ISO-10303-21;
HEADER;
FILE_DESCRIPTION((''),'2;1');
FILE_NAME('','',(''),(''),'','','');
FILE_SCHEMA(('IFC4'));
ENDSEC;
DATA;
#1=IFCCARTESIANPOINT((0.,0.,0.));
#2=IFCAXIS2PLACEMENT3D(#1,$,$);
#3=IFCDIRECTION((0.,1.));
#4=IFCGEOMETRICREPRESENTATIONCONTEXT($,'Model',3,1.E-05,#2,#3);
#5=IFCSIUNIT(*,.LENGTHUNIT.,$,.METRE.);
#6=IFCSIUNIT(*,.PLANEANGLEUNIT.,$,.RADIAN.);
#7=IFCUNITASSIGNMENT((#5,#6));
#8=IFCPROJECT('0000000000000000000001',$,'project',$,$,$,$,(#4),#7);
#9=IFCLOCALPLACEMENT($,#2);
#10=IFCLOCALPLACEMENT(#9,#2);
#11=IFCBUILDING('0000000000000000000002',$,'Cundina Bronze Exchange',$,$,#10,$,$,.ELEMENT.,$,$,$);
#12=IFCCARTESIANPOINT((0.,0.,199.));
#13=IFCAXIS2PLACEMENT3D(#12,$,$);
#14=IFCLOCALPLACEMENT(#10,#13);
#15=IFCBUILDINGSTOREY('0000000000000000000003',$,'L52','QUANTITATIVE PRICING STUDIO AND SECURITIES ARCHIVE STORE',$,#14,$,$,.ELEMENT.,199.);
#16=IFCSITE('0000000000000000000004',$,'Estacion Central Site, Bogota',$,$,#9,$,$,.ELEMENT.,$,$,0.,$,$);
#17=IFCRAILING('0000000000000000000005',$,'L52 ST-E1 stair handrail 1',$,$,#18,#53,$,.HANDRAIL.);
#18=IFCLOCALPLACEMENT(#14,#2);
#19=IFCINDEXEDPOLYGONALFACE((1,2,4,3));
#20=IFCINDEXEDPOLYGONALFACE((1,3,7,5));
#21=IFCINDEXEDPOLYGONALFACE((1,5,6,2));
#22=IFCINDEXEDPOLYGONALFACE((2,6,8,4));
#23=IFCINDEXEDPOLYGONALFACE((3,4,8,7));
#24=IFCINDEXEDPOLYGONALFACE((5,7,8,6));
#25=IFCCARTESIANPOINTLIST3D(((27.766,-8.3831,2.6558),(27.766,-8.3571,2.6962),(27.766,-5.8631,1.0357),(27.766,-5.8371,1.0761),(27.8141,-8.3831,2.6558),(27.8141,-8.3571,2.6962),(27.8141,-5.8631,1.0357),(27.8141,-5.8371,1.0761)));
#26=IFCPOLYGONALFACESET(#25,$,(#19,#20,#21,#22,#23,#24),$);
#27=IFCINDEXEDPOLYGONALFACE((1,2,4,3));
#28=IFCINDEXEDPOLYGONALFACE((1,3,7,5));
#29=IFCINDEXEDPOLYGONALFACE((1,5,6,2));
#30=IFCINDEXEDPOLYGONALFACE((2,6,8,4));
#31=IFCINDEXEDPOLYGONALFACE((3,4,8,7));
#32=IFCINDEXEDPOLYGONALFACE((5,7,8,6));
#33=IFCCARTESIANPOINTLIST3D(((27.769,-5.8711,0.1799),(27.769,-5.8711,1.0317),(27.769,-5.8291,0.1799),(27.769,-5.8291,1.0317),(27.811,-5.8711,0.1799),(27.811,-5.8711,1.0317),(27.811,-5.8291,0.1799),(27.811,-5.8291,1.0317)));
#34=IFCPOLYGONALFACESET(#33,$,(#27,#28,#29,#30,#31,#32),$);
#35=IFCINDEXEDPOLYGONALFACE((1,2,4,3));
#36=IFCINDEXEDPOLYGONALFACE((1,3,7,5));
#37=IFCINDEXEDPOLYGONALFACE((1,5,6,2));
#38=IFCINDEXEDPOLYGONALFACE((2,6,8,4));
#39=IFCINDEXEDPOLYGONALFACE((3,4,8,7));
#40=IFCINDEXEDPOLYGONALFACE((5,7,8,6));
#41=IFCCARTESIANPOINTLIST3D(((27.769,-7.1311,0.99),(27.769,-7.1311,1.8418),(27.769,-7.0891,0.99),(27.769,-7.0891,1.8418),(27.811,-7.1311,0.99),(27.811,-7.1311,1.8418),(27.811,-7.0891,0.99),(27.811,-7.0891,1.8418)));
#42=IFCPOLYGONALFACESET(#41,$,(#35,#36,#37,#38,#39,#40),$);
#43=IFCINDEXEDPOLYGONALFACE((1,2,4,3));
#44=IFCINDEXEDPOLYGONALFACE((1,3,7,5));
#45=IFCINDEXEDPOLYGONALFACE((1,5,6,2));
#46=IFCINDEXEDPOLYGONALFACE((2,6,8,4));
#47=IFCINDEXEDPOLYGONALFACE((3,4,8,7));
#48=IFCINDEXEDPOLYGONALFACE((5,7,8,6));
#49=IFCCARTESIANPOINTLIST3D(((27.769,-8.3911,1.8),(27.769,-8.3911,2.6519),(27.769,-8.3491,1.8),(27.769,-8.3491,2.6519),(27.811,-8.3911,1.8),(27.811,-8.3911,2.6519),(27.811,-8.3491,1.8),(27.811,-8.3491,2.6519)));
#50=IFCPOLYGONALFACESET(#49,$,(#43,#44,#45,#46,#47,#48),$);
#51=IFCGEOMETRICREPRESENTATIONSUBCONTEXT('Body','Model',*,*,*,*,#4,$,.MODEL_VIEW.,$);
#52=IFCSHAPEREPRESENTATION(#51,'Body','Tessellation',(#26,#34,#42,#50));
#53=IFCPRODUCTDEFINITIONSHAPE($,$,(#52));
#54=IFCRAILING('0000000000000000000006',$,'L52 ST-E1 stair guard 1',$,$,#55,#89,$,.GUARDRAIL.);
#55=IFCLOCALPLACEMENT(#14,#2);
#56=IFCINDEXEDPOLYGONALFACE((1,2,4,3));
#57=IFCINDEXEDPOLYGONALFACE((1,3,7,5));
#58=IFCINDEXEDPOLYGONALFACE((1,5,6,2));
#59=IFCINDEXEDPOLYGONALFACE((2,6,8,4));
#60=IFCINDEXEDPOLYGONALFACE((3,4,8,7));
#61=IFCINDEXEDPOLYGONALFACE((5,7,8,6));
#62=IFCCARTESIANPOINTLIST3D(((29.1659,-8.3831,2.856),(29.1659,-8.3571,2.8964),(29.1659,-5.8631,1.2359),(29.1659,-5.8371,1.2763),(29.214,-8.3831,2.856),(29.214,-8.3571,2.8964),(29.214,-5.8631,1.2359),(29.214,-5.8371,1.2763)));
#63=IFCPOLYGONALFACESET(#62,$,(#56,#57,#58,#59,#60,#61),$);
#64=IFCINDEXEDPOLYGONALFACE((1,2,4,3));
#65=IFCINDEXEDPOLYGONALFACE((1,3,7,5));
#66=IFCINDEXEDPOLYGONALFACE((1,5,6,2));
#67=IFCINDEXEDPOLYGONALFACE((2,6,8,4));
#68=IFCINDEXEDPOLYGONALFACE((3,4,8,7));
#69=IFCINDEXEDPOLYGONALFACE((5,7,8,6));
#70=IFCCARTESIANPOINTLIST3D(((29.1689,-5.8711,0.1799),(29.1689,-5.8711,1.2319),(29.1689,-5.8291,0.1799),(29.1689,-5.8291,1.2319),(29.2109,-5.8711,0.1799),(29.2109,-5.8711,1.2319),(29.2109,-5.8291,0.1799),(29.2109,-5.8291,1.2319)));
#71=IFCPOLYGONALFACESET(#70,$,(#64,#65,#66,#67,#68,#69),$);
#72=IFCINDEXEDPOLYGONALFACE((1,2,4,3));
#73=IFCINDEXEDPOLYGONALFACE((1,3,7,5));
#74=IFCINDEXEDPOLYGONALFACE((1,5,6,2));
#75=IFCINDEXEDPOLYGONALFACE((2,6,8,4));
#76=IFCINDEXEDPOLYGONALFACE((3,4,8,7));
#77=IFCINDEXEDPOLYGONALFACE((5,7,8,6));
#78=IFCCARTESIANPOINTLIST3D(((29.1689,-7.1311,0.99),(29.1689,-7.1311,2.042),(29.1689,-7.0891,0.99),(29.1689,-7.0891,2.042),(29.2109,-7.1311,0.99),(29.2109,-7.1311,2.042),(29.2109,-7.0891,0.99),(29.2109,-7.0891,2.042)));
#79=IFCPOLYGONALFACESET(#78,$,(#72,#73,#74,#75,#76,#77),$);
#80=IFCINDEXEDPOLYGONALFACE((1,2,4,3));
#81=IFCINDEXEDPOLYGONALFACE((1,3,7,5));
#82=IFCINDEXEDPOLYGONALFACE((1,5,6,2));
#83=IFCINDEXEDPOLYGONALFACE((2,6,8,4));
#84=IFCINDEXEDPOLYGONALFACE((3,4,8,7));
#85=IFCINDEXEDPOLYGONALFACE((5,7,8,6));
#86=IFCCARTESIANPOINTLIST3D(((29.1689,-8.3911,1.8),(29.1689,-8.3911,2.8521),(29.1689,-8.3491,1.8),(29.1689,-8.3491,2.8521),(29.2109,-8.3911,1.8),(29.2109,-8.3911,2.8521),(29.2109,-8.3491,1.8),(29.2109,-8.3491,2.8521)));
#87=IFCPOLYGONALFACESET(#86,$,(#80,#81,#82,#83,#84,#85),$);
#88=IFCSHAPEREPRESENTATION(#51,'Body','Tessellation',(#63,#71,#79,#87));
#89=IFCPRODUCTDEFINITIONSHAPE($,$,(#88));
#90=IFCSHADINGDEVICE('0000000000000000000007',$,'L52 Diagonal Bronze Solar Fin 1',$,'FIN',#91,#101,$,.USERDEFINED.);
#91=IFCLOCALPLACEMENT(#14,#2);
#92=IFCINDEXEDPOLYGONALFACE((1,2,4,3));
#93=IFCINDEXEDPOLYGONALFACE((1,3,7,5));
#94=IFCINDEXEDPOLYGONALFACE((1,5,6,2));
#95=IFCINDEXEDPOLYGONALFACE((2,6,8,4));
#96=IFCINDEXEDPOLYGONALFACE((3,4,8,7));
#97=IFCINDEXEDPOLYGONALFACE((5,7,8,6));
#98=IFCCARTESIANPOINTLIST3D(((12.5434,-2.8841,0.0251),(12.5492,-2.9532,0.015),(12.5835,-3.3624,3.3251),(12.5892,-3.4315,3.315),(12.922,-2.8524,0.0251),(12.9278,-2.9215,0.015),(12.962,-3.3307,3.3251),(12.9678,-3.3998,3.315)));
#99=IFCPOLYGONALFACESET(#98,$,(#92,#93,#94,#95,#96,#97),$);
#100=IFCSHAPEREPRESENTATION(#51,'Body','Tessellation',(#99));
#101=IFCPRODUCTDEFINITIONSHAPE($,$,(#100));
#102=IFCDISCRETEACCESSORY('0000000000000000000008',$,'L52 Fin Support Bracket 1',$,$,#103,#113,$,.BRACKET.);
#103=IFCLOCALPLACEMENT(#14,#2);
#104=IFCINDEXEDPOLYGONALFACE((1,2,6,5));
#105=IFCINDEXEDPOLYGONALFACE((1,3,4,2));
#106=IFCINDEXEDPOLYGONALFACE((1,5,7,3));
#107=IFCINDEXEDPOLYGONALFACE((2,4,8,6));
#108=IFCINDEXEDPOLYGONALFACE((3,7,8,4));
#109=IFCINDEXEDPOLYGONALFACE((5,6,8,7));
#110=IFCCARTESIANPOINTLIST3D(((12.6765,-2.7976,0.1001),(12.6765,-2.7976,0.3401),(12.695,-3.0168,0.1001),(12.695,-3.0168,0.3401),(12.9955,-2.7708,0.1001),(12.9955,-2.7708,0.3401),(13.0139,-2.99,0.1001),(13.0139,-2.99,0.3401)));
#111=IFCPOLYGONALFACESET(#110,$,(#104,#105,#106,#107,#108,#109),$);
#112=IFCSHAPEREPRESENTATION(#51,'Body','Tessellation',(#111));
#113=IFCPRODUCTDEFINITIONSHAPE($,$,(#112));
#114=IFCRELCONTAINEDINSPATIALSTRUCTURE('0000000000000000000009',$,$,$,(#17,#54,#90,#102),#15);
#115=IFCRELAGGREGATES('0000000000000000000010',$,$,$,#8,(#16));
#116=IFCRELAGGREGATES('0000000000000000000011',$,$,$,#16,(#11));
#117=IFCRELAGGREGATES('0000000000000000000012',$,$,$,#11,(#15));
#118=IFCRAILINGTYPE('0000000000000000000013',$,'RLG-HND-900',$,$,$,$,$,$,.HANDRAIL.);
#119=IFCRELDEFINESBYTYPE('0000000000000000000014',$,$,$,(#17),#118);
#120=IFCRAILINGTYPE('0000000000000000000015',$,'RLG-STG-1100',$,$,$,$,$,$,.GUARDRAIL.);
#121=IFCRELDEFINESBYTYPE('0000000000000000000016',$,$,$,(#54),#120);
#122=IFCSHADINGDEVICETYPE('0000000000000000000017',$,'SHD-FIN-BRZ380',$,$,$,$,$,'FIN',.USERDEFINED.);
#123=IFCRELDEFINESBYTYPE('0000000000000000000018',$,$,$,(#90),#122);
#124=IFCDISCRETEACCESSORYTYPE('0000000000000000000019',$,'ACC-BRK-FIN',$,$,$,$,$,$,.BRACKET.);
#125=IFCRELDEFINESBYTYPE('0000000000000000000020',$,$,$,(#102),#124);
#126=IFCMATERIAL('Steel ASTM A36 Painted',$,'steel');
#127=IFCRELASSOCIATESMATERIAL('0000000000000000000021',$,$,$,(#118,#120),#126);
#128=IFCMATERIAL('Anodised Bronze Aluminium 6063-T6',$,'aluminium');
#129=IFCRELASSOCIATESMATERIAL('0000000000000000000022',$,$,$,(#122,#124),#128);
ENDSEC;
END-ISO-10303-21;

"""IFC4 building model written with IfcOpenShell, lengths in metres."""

from ifc_helpers import new_model, si_unit, direction, frame, origin, origin_2d, place, context, subcontext, project, spatial, rectangle, extrude, material, material_profile, profile_set, type_object, element, save


model = new_model("IFC4")

# Units and contexts
model_context = context("Model", 3, precision=1e-05, world=origin(), true_north=direction((0.0, 1.0)))
body_context = subcontext(model_context, "Body", "Model", "MODEL_VIEW")
ifc_project = project(units=[si_unit("LENGTHUNIT", "METRE"), si_unit("PLANEANGLEUNIT", "RADIAN")], contexts=[model_context])

# Site, building, storey
site_placement = place(None, origin())
site = spatial("IfcSite", under=ifc_project, at=site_placement, Name="Estacion Central Site, Bogota", CompositionType="ELEMENT", RefElevation=0.0)
building_placement = place(site_placement, origin())
building = spatial("IfcBuilding", under=site, at=building_placement, Name="Cundina Bronze Exchange", CompositionType="ELEMENT")
storey_placement = place(building_placement, frame((0.0, 0.0, 199.0)))
storey = spatial("IfcBuildingStorey", under=building, at=storey_placement, Name="L52", Description="QUANTITATIVE PRICING STUDIO AND SECURITIES ARCHIVE STORE", CompositionType="ELEMENT", Elevation=199.0)

# Shared definitions
ifc_material_1 = material(Name="Anodised Bronze Aluminium 6063-T6", Category="aluminium")

# Shared definitions
ifc_material_2 = material(Name="Steel ASTM A36 Painted", Category="steel")

# Railings
railing_type_1 = type_object("IfcRailingType", Name="RLG-HND-900", PredefinedType="HANDRAIL", material=ifc_material_2)
railing_1_placement = place(storey_placement, frame((27.79, -5.8501, 0.1799)))
element("IfcRailing", 1, at=railing_1_placement, inside=storey, type_object=railing_type_1, Name="L52 ST-E1 stair handrail 1", PredefinedType="HANDRAIL", context=body_context, shape_type="SweptSolid", body=[
    extrude(rectangle(XDim=0.0481, YDim=0.0481, at=origin_2d()), frame((0.0, 0.0, 0.876), z_axis=(0.0, -0.841163, 0.540782), x_axis=(1.0, 0.0, 0.0)), (0.0, 0.0, 1.0), 2.9958),
    extrude(rectangle(XDim=0.042, YDim=0.042, at=origin_2d()), origin(), (0.0, 0.0, 1.0), 0.8518),
    extrude(rectangle(XDim=0.042, YDim=0.042, at=origin_2d()), frame((0.0, -1.26, 0.8101)), (0.0, 0.0, 1.0), 0.8518),
    extrude(rectangle(XDim=0.042, YDim=0.042, at=origin_2d()), frame((0.0, -2.52, 1.6201)), (0.0, 0.0, 1.0), 0.8518),
])
railing_type_2 = type_object("IfcRailingType", Name="RLG-STG-1100", PredefinedType="GUARDRAIL", material=ifc_material_2)
railing_2_placement = place(storey_placement, frame((29.1899, -5.8501, 0.1799)))
element("IfcRailing", 2, at=railing_2_placement, inside=storey, type_object=railing_type_2, Name="L52 ST-E1 stair guard 1", PredefinedType="GUARDRAIL", context=body_context, shape_type="SweptSolid", body=[
    extrude(rectangle(XDim=0.0481, YDim=0.0481, at=origin_2d()), frame((0.0, 0.0, 1.0762), z_axis=(0.0, -0.841163, 0.540782), x_axis=(1.0, 0.0, 0.0)), (0.0, 0.0, 1.0), 2.9958),
    extrude(rectangle(XDim=0.042, YDim=0.042, at=origin_2d()), origin(), (0.0, 0.0, 1.0), 1.052),
    extrude(rectangle(XDim=0.042, YDim=0.042, at=origin_2d()), frame((0.0, -1.26, 0.8101)), (0.0, 0.0, 1.0), 1.052),
    extrude(rectangle(XDim=0.042, YDim=0.042, at=origin_2d()), frame((0.0, -2.52, 1.6201)), (0.0, 0.0, 1.0), 1.052),
])

# Shading device
ifc_material_profile_1 = material_profile(ifc_material_1, rectangle(XDim=0.0701, YDim=0.3799, at=origin_2d()), Name="FIN70X380", Category="aluminium")
ifc_profile_set_1 = profile_set([ifc_material_profile_1], Name="Anodised Bronze Aluminium 6063-T6")
shading_device_type = type_object("IfcShadingDeviceType", Name="SHD-FIN-BRZ380", ElementType="FIN", PredefinedType="USERDEFINED", material=ifc_profile_set_1)
shading_device_placement = place(storey_placement, frame((12.7356, -2.9028, 0.02), z_axis=(0.012007, -0.14342, 0.989589), x_axis=(-0.082556, 0.98614, 0.143921)))
element("IfcShadingDevice", 3, at=shading_device_placement, inside=storey, type_object=shading_device_type, Name="L52 Diagonal Bronze Solar Fin 1", ObjectType="FIN", PredefinedType="USERDEFINED", context=body_context, shape_type="SweptSolid", body=[
    extrude(rectangle(XDim=0.0701, YDim=0.3799, at=origin_2d()), origin(), (0.0, 0.0, 1.0), 3.3347),
])

# Discrete accessory
discrete_accessory_type = type_object("IfcDiscreteAccessoryType", Name="ACC-BRK-FIN", PredefinedType="BRACKET", material=ifc_material_1)
discrete_accessory_placement = place(storey_placement, frame((12.8452, -2.8938, 0.1001), z_axis=(0.0, 0.0, 1.0), x_axis=(0.083747, -0.996487, 0.0)))
element("IfcDiscreteAccessory", 4, at=discrete_accessory_placement, inside=storey, type_object=discrete_accessory_type, Name="L52 Fin Support Bracket 1", PredefinedType="BRACKET", context=body_context, shape_type="SweptSolid", body=[
    extrude(rectangle(XDim=0.22, YDim=0.3201, at=origin_2d()), origin(), (0.0, 0.0, 1.0), 0.24),
])

save(model, "model.ifc")
